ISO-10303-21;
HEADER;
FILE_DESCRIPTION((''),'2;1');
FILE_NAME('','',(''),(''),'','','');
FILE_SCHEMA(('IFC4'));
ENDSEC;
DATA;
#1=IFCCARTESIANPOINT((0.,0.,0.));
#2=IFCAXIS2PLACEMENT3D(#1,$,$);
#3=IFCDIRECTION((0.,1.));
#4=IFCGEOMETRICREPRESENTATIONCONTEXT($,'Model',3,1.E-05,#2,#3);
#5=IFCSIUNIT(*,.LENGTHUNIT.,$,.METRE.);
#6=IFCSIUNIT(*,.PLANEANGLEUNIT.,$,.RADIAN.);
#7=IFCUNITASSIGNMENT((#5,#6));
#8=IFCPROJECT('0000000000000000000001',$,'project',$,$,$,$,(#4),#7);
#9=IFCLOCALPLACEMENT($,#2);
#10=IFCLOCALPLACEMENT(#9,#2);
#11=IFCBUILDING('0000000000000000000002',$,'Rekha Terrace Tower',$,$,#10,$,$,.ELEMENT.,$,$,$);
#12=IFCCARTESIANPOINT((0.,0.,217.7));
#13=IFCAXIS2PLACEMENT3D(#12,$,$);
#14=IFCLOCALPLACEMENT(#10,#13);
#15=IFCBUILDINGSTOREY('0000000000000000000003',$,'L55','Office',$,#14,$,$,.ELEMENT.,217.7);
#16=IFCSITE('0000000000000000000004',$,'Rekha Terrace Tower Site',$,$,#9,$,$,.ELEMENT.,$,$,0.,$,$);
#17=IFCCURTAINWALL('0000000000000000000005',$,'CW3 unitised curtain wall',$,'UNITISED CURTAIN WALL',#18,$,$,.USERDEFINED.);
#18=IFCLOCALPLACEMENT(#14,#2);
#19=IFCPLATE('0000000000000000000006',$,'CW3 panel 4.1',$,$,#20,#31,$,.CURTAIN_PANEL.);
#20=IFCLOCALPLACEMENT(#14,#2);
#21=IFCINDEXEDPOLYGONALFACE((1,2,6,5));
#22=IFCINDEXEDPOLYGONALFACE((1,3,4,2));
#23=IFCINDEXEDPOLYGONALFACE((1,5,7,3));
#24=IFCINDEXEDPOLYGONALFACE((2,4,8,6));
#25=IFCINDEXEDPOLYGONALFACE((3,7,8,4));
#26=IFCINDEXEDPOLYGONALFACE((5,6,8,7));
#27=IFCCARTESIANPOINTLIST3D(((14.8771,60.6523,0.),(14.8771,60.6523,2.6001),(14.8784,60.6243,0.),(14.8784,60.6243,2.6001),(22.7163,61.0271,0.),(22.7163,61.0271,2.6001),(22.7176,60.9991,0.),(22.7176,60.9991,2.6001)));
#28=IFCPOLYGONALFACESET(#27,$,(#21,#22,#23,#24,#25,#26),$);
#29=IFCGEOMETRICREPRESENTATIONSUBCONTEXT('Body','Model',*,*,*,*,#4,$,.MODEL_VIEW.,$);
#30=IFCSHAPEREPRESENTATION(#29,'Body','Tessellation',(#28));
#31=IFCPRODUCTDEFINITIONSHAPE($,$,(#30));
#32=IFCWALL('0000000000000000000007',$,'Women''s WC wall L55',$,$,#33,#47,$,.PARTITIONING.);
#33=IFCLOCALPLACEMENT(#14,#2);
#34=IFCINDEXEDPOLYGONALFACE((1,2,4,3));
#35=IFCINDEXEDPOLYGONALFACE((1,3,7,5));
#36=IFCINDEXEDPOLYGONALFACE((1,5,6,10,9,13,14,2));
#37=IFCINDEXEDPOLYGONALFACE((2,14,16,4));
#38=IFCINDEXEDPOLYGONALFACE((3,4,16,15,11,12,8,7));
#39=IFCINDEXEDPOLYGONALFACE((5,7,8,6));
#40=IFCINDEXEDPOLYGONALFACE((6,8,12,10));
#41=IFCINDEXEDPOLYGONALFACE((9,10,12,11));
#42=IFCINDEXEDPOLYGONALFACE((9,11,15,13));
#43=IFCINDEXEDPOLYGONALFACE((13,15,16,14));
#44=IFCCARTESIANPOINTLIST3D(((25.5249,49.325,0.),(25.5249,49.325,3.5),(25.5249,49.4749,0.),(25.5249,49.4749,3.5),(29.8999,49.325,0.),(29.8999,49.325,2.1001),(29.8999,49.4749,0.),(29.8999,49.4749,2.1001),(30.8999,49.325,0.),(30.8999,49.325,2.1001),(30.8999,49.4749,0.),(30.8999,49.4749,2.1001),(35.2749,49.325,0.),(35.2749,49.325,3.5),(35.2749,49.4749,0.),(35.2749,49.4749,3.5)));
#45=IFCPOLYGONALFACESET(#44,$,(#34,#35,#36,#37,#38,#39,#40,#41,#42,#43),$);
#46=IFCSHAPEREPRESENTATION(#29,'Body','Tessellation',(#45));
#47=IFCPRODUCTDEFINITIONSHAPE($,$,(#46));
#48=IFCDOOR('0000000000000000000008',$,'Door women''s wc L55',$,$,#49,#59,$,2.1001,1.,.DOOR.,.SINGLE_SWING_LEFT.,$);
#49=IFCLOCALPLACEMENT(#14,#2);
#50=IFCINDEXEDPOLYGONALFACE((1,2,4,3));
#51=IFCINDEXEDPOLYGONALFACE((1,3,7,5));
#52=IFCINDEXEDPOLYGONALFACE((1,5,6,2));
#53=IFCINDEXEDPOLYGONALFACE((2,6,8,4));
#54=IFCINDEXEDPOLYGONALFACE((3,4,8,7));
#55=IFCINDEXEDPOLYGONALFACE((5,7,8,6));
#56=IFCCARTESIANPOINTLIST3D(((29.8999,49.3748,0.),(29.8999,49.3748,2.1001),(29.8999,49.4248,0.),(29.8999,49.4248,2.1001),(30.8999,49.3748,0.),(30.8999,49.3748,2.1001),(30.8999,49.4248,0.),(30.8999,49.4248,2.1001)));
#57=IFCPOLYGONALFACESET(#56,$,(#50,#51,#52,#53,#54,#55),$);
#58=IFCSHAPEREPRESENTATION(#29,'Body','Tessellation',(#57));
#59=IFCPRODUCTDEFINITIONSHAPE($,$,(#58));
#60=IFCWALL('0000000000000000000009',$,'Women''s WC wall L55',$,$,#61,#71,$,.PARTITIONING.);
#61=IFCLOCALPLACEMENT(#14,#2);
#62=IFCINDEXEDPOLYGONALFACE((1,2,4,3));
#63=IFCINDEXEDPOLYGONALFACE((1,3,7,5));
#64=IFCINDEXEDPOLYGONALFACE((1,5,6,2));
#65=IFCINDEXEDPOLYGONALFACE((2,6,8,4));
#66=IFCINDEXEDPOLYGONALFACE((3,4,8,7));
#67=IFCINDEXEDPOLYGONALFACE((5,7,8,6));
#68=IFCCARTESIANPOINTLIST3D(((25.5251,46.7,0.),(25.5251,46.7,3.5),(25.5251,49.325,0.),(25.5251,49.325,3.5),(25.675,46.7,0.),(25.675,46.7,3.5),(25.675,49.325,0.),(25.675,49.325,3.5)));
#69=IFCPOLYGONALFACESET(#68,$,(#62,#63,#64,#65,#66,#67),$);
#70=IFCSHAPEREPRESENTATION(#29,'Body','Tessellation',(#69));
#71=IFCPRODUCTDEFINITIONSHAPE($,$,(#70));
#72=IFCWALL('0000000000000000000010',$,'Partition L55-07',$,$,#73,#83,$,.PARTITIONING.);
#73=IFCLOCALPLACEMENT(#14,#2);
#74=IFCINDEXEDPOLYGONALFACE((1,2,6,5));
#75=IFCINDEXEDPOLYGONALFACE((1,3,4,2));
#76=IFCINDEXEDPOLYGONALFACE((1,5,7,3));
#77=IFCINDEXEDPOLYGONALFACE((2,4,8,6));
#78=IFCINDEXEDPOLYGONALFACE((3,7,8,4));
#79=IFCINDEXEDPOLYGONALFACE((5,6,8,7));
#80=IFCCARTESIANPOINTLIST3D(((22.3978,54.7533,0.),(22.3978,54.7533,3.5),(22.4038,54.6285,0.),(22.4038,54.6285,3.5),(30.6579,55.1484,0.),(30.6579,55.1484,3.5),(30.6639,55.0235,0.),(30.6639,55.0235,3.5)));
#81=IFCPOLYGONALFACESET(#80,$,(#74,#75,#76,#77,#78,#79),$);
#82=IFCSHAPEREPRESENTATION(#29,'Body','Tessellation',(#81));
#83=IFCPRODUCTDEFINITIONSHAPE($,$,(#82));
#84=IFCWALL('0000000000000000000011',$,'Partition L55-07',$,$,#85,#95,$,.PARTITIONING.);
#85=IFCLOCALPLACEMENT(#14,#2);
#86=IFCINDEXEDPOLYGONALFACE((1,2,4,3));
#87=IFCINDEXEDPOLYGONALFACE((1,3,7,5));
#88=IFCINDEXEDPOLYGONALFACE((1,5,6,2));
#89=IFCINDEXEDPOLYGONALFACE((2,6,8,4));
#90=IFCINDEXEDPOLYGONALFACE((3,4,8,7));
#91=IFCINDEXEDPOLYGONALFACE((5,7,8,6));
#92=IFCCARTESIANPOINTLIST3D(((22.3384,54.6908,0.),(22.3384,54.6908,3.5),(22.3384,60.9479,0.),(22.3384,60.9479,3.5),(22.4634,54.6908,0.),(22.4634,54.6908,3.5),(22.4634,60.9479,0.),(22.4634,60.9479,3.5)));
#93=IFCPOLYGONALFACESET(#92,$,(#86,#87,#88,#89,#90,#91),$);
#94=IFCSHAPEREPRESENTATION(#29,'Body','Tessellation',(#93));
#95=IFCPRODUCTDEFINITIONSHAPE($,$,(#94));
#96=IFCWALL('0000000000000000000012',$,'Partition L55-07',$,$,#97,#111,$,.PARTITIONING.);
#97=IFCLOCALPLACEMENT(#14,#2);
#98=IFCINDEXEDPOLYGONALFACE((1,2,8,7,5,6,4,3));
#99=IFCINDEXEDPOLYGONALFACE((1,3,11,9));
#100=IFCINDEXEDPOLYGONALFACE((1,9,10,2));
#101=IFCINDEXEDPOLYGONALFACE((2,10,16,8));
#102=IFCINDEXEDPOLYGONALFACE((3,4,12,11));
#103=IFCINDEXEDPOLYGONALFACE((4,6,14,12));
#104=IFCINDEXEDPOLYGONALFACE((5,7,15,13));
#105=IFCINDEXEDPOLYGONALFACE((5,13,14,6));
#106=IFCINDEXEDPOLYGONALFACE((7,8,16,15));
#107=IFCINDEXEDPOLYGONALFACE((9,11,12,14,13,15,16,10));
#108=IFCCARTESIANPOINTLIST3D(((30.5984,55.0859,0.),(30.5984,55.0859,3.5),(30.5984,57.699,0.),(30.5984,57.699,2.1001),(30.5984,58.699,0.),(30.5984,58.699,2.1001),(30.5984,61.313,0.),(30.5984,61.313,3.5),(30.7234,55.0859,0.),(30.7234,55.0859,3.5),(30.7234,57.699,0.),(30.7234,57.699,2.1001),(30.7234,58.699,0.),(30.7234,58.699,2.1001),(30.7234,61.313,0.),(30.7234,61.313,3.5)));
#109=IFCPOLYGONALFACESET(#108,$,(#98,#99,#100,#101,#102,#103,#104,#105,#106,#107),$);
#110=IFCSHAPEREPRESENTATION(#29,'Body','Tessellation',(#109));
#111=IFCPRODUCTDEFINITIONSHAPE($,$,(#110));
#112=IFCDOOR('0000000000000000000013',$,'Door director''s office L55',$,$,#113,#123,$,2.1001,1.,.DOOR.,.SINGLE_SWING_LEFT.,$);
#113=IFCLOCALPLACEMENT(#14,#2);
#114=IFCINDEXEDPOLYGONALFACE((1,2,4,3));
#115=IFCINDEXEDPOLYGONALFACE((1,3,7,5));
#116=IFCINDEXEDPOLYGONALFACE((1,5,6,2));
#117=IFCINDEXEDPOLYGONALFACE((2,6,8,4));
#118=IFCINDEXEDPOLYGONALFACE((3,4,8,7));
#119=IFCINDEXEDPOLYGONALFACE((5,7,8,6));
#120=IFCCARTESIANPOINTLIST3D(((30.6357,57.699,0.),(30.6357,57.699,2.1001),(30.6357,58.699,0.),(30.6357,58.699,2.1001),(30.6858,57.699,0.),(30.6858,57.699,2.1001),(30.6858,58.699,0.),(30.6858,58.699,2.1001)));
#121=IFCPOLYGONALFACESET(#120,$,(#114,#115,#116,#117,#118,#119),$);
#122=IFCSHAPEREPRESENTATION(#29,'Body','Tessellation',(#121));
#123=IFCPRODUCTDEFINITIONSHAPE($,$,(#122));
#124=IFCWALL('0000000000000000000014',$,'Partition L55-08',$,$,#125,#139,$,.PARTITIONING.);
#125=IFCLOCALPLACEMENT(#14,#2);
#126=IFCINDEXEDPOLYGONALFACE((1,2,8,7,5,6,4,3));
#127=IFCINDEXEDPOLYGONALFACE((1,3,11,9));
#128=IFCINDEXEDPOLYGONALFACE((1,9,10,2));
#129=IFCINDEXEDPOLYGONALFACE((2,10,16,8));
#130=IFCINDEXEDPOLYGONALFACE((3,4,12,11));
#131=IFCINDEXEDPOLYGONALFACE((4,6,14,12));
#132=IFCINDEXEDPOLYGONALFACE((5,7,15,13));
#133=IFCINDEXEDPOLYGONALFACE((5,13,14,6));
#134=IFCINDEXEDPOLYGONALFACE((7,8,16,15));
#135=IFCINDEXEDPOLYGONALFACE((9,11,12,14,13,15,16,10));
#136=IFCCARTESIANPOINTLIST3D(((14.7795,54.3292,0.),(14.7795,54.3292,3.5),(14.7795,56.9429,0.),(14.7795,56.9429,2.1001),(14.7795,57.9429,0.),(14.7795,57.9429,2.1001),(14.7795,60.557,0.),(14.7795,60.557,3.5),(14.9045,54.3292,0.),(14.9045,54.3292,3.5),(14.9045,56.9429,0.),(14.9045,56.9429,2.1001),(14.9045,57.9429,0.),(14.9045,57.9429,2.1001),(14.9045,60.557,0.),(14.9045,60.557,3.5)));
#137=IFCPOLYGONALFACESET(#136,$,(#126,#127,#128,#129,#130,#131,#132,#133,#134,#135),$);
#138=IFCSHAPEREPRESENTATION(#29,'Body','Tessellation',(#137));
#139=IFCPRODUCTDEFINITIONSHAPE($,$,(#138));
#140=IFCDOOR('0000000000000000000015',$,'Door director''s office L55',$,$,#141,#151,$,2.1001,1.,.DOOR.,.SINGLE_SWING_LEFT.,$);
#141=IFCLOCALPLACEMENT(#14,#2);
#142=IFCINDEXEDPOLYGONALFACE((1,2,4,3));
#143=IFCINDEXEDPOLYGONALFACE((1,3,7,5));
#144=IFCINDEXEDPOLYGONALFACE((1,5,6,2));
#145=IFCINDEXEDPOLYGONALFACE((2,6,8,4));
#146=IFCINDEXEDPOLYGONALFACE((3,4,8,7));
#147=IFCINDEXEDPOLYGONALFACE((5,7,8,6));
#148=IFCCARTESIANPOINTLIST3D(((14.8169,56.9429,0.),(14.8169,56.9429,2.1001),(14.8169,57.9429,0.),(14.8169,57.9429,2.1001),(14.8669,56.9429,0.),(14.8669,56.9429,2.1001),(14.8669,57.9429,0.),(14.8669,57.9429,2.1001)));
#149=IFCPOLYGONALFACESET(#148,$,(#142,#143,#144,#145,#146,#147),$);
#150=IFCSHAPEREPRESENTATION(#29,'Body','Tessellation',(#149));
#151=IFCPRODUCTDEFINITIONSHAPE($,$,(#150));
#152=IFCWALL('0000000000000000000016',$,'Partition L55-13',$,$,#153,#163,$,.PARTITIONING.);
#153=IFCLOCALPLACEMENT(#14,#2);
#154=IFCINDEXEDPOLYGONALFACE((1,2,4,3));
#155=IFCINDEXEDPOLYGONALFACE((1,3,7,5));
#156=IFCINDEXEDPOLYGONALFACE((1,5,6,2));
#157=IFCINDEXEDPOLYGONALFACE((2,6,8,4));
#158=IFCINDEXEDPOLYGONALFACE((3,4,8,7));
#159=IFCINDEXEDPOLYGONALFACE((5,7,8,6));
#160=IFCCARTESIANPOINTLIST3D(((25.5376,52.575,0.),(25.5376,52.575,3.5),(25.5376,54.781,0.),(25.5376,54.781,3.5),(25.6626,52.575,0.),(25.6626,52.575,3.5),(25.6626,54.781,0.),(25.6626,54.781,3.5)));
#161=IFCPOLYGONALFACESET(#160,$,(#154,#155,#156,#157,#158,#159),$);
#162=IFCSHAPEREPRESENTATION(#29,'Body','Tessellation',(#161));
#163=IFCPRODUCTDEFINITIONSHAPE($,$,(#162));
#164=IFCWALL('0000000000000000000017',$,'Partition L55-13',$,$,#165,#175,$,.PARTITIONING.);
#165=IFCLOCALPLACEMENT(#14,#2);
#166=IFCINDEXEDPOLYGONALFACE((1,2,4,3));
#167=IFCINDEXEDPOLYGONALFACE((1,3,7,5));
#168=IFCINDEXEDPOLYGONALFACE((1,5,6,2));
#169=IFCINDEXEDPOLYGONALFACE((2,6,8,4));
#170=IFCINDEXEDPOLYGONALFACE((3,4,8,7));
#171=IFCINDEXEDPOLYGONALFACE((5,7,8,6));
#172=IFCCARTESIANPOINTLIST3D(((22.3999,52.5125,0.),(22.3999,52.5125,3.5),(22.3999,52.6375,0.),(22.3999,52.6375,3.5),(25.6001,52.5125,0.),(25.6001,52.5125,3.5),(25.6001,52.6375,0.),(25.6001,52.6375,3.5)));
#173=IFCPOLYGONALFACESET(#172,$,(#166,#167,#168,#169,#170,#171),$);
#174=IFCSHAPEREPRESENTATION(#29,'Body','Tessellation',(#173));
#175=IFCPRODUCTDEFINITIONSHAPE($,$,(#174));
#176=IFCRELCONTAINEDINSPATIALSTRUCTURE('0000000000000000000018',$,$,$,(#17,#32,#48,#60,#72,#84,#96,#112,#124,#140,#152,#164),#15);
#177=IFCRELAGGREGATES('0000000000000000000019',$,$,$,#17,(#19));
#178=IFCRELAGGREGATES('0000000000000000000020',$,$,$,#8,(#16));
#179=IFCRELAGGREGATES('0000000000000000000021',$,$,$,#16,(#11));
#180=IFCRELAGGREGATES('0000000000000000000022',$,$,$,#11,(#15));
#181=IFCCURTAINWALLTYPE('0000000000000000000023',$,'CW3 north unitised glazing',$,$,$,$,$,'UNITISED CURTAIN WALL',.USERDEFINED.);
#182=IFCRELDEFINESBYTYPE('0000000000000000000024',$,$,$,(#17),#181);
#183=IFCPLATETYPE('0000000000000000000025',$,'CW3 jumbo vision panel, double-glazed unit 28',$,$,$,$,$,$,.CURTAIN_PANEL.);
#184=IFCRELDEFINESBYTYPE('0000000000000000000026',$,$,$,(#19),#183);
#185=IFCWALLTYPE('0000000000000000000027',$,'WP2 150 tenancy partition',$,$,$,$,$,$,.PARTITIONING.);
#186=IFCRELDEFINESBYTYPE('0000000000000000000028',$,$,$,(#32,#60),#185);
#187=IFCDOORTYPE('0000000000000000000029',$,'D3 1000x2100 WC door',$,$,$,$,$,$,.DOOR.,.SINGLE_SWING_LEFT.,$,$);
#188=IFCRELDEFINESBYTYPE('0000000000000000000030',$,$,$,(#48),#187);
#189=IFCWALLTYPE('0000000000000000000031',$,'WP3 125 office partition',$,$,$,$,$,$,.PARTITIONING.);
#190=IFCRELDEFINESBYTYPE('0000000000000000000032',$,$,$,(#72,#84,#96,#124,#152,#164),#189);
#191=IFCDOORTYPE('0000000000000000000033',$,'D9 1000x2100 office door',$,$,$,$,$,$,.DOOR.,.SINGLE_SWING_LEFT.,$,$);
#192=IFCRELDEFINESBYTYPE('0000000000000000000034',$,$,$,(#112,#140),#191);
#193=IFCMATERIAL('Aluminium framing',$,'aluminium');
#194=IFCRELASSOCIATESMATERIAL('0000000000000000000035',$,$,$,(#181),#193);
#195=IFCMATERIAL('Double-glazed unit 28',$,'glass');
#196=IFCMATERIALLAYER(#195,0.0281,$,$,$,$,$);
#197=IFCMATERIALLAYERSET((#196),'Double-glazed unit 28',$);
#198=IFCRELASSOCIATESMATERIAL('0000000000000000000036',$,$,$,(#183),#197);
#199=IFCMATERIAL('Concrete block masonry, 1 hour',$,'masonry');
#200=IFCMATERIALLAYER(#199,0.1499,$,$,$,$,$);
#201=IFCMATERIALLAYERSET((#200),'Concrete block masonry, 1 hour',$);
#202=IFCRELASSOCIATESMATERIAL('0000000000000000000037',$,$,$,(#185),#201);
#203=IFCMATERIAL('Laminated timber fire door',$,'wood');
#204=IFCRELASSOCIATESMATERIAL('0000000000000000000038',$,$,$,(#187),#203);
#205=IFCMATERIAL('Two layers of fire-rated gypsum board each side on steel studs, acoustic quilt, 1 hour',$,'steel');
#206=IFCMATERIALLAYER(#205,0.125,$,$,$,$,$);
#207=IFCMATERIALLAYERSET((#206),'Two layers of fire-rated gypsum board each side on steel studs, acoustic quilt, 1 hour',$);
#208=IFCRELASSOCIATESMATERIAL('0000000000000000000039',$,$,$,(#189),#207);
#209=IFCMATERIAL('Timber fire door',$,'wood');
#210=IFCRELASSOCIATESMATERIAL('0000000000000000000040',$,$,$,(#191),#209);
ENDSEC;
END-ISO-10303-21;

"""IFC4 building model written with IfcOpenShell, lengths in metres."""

from ifc_helpers import new_model, si_unit, direction, frame, frame_2d, origin, origin_2d, place, context, subcontext, project, spatial, rectangle, extrude, material, layer, layer_set, type_object, element, fill, aggregate, save


model = new_model("IFC4")

# Units and contexts
model_context = context("Model", 3, precision=1e-05, world=origin(), true_north=direction((0.0, 1.0)))
body_context = subcontext(model_context, "Body", "Model", "MODEL_VIEW")
ifc_project = project(units=[si_unit("LENGTHUNIT", "METRE"), si_unit("PLANEANGLEUNIT", "RADIAN")], contexts=[model_context])

# Site, building, storey
site_placement = place(None, origin())
site = spatial("IfcSite", under=ifc_project, at=site_placement, Name="Rekha Terrace Tower Site", CompositionType="ELEMENT", RefElevation=0.0)
building_placement = place(site_placement, origin())
building = spatial("IfcBuilding", under=site, at=building_placement, Name="Rekha Terrace Tower", CompositionType="ELEMENT")
storey_placement = place(building_placement, frame((0.0, 0.0, 217.7)))
storey = spatial("IfcBuildingStorey", under=building, at=storey_placement, Name="L55", Description="Office", CompositionType="ELEMENT", Elevation=217.7)

# Curtain wall, plate
ifc_material_1 = material(Name="Aluminium framing", Category="aluminium")
curtain_wall_type = type_object("IfcCurtainWallType", Name="CW3 north unitised glazing", ElementType="UNITISED CURTAIN WALL", PredefinedType="USERDEFINED", material=ifc_material_1)
curtain_wall_placement = place(storey_placement, origin())
curtain_wall = element("IfcCurtainWall", 1, at=curtain_wall_placement, inside=storey, type_object=curtain_wall_type, Name="CW3 unitised curtain wall", ObjectType="UNITISED CURTAIN WALL", PredefinedType="USERDEFINED")
ifc_material_2 = material(Name="Double-glazed unit 28", Category="glass")
ifc_layer_1 = layer(ifc_material_2, 0.0281)
ifc_layer_set_1 = layer_set([ifc_layer_1], Name="Double-glazed unit 28")
plate_type = type_object("IfcPlateType", Name="CW3 jumbo vision panel, double-glazed unit 28", PredefinedType="CURTAIN_PANEL", material=ifc_layer_set_1)
plate_1_placement = place(storey_placement, frame((18.7974, 60.8257, 0.0), z_axis=(0.0, 0.0, 1.0), x_axis=(-0.998859, -0.047759, 0.0)))
plate_1 = element("IfcPlate", 2, at=plate_1_placement, type_object=plate_type, Name="CW3 panel 4.1", PredefinedType="CURTAIN_PANEL", context=body_context, shape_type="SweptSolid", body=[
    extrude(rectangle(XDim=7.8481, YDim=0.0281, at=origin_2d()), origin(), (0.0, 0.0, 1.0), 2.6001),
])
aggregate(curtain_wall, [plate_1])

# Wall, opening, door
ifc_material_3 = material(Name="Concrete block masonry, 1 hour", Category="masonry")
ifc_layer_2 = layer(ifc_material_3, 0.1499)
ifc_layer_set_2 = layer_set([ifc_layer_2], Name="Concrete block masonry, 1 hour")
wall_type_1 = type_object("IfcWallType", Name="WP2 150 tenancy partition", PredefinedType="PARTITIONING", material=ifc_layer_set_2)
wall_1_placement = place(storey_placement, frame((25.5249, 49.3999, 0.0), z_axis=(0.0, 0.0, 1.0), x_axis=(1.0, 0.0, 0.0)))
wall_1 = element("IfcWall", 3, at=wall_1_placement, inside=storey, type_object=wall_type_1, Name="Women's WC wall L55", PredefinedType="PARTITIONING", context=body_context, shape_type="SweptSolid", body=[
    extrude(rectangle(XDim=9.75, YDim=0.1499, at=frame_2d((4.875, 0.0))), origin(), (0.0, 0.0, 1.0), 3.5),
])
opening_1_placement = place(wall_1_placement, frame((4.375, 0.0, 0.0)))
opening_1 = element("IfcOpeningElement", 4, at=opening_1_placement, cuts=wall_1, PredefinedType="OPENING", context=body_context, shape_type="SweptSolid", body=[
    extrude(rectangle(XDim=1.0, YDim=2.1001, at=frame_2d((0.5, 1.05))), frame((0.0, 0.085, 0.0), z_axis=(0.0, -1.0, 0.0), x_axis=(1.0, 0.0, 0.0)), (0.0, 0.0, 1.0), 0.1699),
])
ifc_material_4 = material(Name="Laminated timber fire door", Category="wood")
door_type_1 = type_object("IfcDoorType", Name="D3 1000x2100 WC door", OperationType="SINGLE_SWING_LEFT", PredefinedType="DOOR", material=ifc_material_4)
door_1_placement = place(opening_1_placement, origin())
door_1 = element("IfcDoor", 5, at=door_1_placement, inside=storey, type_object=door_type_1, Name="Door women's wc L55", OperationType="SINGLE_SWING_LEFT", OverallHeight=2.1001, OverallWidth=1.0, PredefinedType="DOOR", context=body_context, shape_type="SweptSolid", body=[
    extrude(rectangle(XDim=1.0, YDim=2.1001, at=frame_2d((0.5, 1.05))), frame((0.0, 0.0249, 0.0), z_axis=(0.0, -1.0, 0.0), x_axis=(1.0, 0.0, 0.0)), (0.0, 0.0, 1.0), 0.05),
])
fill(opening_1, door_1)

# Walls
wall_2_placement = place(storey_placement, frame((25.6001, 46.7, 0.0), z_axis=(0.0, 0.0, 1.0), x_axis=(0.0, 1.0, 0.0)))
element("IfcWall", 6, at=wall_2_placement, inside=storey, type_object=wall_type_1, Name="Women's WC wall L55", PredefinedType="PARTITIONING", context=body_context, shape_type="SweptSolid", body=[
    extrude(rectangle(XDim=2.625, YDim=0.1499, at=frame_2d((1.3125, 0.0))), origin(), (0.0, 0.0, 1.0), 3.5),
])
ifc_material_5 = material(Name="Two layers of fire-rated gypsum board each side on steel studs, acoustic quilt, 1 hour", Category="steel")
ifc_layer_3 = layer(ifc_material_5, 0.125)
ifc_layer_set_3 = layer_set([ifc_layer_3], Name="Two layers of fire-rated gypsum board each side on steel studs, acoustic quilt, 1 hour")
wall_type_2 = type_object("IfcWallType", Name="WP3 125 office partition", PredefinedType="PARTITIONING", material=ifc_layer_set_3)
wall_3_placement = place(storey_placement, frame((30.6609, 55.0859, 0.0), z_axis=(0.0, 0.0, 1.0), x_axis=(-0.998858, -0.047769, 0.0)))
element("IfcWall", 7, at=wall_3_placement, inside=storey, type_object=wall_type_2, Name="Partition L55-07", PredefinedType="PARTITIONING", context=body_context, shape_type="SweptSolid", body=[
    extrude(rectangle(XDim=8.2695, YDim=0.125, at=frame_2d((4.1348, 0.0))), origin(), (0.0, 0.0, 1.0), 3.5),
])
wall_4_placement = place(storey_placement, frame((22.4009, 54.6909, 0.0), z_axis=(0.0, 0.0, 1.0), x_axis=(0.0, 1.0, 0.0)))
element("IfcWall", 8, at=wall_4_placement, inside=storey, type_object=wall_type_2, Name="Partition L55-07", PredefinedType="PARTITIONING", context=body_context, shape_type="SweptSolid", body=[
    extrude(rectangle(XDim=6.2571, YDim=0.125, at=frame_2d((3.1284, 0.0))), origin(), (0.0, 0.0, 1.0), 3.5),
])

# Walls, openings, doors
wall_5_placement = place(storey_placement, frame((30.6609, 61.313, 0.0), z_axis=(0.0, 0.0, 1.0), x_axis=(0.0, -1.0, 0.0)))
wall_5 = element("IfcWall", 9, at=wall_5_placement, inside=storey, type_object=wall_type_2, Name="Partition L55-07", PredefinedType="PARTITIONING", context=body_context, shape_type="SweptSolid", body=[
    extrude(rectangle(XDim=6.2271, YDim=0.125, at=frame_2d((3.1135, 0.0))), origin(), (0.0, 0.0, 1.0), 3.5),
])
opening_2_placement = place(wall_5_placement, frame((2.614, 0.0, 0.0)))
opening_2 = element("IfcOpeningElement", 10, at=opening_2_placement, cuts=wall_5, PredefinedType="OPENING", context=body_context, shape_type="SweptSolid", body=[
    extrude(rectangle(XDim=1.0, YDim=2.1001, at=frame_2d((0.5, 1.05))), frame((0.0, 0.0725, 0.0), z_axis=(0.0, -1.0, 0.0), x_axis=(1.0, 0.0, 0.0)), (0.0, 0.0, 1.0), 0.145),
])
ifc_material_6 = material(Name="Timber fire door", Category="wood")
door_type_2 = type_object("IfcDoorType", Name="D9 1000x2100 office door", OperationType="SINGLE_SWING_LEFT", PredefinedType="DOOR", material=ifc_material_6)
door_2_placement = place(opening_2_placement, origin())
door_2 = element("IfcDoor", 11, at=door_2_placement, inside=storey, type_object=door_type_2, Name="Door director's office L55", OperationType="SINGLE_SWING_LEFT", OverallHeight=2.1001, OverallWidth=1.0, PredefinedType="DOOR", context=body_context, shape_type="SweptSolid", body=[
    extrude(rectangle(XDim=1.0, YDim=2.1001, at=frame_2d((0.5, 1.05))), frame((0.0, 0.0249, 0.0), z_axis=(0.0, -1.0, 0.0), x_axis=(1.0, 0.0, 0.0)), (0.0, 0.0, 1.0), 0.05),
])
fill(opening_2, door_2)
wall_6_placement = place(storey_placement, frame((14.842, 60.5569, 0.0), z_axis=(0.0, 0.0, 1.0), x_axis=(0.0, -1.0, 0.0)))
wall_6 = element("IfcWall", 12, at=wall_6_placement, inside=storey, type_object=wall_type_2, Name="Partition L55-08", PredefinedType="PARTITIONING", context=body_context, shape_type="SweptSolid", body=[
    extrude(rectangle(XDim=6.2278, YDim=0.125, at=frame_2d((3.1138, 0.0))), origin(), (0.0, 0.0, 1.0), 3.5),
])
opening_3_placement = place(wall_6_placement, frame((2.614, 0.0, 0.0)))
opening_3 = element("IfcOpeningElement", 13, at=opening_3_placement, cuts=wall_6, PredefinedType="OPENING", context=body_context, shape_type="SweptSolid", body=[
    extrude(rectangle(XDim=1.0, YDim=2.1001, at=frame_2d((0.5, 1.05))), frame((0.0, 0.0725, 0.0), z_axis=(0.0, -1.0, 0.0), x_axis=(1.0, 0.0, 0.0)), (0.0, 0.0, 1.0), 0.145),
])
door_3_placement = place(opening_3_placement, origin())
door_3 = element("IfcDoor", 14, at=door_3_placement, inside=storey, type_object=door_type_2, Name="Door director's office L55", OperationType="SINGLE_SWING_LEFT", OverallHeight=2.1001, OverallWidth=1.0, PredefinedType="DOOR", context=body_context, shape_type="SweptSolid", body=[
    extrude(rectangle(XDim=1.0, YDim=2.1001, at=frame_2d((0.5, 1.05))), frame((0.0, 0.0249, 0.0), z_axis=(0.0, -1.0, 0.0), x_axis=(1.0, 0.0, 0.0)), (0.0, 0.0, 1.0), 0.05),
])
fill(opening_3, door_3)

# Walls
wall_7_placement = place(storey_placement, frame((25.6001, 54.781, 0.0), z_axis=(0.0, 0.0, 1.0), x_axis=(0.0, -1.0, 0.0)))
element("IfcWall", 15, at=wall_7_placement, inside=storey, type_object=wall_type_2, Name="Partition L55-13", PredefinedType="PARTITIONING", context=body_context, shape_type="SweptSolid", body=[
    extrude(rectangle(XDim=2.2061, YDim=0.125, at=frame_2d((1.103, 0.0))), origin(), (0.0, 0.0, 1.0), 3.5),
])
wall_8_placement = place(storey_placement, frame((25.6001, 52.575, 0.0), z_axis=(0.0, 0.0, 1.0), x_axis=(-1.0, 0.0, 0.0)))
element("IfcWall", 16, at=wall_8_placement, inside=storey, type_object=wall_type_2, Name="Partition L55-13", PredefinedType="PARTITIONING", context=body_context, shape_type="SweptSolid", body=[
    extrude(rectangle(XDim=3.2002, YDim=0.125, at=frame_2d((1.6001, 0.0))), origin(), (0.0, 0.0, 1.0), 3.5),
])

save(model, "model.ifc")
